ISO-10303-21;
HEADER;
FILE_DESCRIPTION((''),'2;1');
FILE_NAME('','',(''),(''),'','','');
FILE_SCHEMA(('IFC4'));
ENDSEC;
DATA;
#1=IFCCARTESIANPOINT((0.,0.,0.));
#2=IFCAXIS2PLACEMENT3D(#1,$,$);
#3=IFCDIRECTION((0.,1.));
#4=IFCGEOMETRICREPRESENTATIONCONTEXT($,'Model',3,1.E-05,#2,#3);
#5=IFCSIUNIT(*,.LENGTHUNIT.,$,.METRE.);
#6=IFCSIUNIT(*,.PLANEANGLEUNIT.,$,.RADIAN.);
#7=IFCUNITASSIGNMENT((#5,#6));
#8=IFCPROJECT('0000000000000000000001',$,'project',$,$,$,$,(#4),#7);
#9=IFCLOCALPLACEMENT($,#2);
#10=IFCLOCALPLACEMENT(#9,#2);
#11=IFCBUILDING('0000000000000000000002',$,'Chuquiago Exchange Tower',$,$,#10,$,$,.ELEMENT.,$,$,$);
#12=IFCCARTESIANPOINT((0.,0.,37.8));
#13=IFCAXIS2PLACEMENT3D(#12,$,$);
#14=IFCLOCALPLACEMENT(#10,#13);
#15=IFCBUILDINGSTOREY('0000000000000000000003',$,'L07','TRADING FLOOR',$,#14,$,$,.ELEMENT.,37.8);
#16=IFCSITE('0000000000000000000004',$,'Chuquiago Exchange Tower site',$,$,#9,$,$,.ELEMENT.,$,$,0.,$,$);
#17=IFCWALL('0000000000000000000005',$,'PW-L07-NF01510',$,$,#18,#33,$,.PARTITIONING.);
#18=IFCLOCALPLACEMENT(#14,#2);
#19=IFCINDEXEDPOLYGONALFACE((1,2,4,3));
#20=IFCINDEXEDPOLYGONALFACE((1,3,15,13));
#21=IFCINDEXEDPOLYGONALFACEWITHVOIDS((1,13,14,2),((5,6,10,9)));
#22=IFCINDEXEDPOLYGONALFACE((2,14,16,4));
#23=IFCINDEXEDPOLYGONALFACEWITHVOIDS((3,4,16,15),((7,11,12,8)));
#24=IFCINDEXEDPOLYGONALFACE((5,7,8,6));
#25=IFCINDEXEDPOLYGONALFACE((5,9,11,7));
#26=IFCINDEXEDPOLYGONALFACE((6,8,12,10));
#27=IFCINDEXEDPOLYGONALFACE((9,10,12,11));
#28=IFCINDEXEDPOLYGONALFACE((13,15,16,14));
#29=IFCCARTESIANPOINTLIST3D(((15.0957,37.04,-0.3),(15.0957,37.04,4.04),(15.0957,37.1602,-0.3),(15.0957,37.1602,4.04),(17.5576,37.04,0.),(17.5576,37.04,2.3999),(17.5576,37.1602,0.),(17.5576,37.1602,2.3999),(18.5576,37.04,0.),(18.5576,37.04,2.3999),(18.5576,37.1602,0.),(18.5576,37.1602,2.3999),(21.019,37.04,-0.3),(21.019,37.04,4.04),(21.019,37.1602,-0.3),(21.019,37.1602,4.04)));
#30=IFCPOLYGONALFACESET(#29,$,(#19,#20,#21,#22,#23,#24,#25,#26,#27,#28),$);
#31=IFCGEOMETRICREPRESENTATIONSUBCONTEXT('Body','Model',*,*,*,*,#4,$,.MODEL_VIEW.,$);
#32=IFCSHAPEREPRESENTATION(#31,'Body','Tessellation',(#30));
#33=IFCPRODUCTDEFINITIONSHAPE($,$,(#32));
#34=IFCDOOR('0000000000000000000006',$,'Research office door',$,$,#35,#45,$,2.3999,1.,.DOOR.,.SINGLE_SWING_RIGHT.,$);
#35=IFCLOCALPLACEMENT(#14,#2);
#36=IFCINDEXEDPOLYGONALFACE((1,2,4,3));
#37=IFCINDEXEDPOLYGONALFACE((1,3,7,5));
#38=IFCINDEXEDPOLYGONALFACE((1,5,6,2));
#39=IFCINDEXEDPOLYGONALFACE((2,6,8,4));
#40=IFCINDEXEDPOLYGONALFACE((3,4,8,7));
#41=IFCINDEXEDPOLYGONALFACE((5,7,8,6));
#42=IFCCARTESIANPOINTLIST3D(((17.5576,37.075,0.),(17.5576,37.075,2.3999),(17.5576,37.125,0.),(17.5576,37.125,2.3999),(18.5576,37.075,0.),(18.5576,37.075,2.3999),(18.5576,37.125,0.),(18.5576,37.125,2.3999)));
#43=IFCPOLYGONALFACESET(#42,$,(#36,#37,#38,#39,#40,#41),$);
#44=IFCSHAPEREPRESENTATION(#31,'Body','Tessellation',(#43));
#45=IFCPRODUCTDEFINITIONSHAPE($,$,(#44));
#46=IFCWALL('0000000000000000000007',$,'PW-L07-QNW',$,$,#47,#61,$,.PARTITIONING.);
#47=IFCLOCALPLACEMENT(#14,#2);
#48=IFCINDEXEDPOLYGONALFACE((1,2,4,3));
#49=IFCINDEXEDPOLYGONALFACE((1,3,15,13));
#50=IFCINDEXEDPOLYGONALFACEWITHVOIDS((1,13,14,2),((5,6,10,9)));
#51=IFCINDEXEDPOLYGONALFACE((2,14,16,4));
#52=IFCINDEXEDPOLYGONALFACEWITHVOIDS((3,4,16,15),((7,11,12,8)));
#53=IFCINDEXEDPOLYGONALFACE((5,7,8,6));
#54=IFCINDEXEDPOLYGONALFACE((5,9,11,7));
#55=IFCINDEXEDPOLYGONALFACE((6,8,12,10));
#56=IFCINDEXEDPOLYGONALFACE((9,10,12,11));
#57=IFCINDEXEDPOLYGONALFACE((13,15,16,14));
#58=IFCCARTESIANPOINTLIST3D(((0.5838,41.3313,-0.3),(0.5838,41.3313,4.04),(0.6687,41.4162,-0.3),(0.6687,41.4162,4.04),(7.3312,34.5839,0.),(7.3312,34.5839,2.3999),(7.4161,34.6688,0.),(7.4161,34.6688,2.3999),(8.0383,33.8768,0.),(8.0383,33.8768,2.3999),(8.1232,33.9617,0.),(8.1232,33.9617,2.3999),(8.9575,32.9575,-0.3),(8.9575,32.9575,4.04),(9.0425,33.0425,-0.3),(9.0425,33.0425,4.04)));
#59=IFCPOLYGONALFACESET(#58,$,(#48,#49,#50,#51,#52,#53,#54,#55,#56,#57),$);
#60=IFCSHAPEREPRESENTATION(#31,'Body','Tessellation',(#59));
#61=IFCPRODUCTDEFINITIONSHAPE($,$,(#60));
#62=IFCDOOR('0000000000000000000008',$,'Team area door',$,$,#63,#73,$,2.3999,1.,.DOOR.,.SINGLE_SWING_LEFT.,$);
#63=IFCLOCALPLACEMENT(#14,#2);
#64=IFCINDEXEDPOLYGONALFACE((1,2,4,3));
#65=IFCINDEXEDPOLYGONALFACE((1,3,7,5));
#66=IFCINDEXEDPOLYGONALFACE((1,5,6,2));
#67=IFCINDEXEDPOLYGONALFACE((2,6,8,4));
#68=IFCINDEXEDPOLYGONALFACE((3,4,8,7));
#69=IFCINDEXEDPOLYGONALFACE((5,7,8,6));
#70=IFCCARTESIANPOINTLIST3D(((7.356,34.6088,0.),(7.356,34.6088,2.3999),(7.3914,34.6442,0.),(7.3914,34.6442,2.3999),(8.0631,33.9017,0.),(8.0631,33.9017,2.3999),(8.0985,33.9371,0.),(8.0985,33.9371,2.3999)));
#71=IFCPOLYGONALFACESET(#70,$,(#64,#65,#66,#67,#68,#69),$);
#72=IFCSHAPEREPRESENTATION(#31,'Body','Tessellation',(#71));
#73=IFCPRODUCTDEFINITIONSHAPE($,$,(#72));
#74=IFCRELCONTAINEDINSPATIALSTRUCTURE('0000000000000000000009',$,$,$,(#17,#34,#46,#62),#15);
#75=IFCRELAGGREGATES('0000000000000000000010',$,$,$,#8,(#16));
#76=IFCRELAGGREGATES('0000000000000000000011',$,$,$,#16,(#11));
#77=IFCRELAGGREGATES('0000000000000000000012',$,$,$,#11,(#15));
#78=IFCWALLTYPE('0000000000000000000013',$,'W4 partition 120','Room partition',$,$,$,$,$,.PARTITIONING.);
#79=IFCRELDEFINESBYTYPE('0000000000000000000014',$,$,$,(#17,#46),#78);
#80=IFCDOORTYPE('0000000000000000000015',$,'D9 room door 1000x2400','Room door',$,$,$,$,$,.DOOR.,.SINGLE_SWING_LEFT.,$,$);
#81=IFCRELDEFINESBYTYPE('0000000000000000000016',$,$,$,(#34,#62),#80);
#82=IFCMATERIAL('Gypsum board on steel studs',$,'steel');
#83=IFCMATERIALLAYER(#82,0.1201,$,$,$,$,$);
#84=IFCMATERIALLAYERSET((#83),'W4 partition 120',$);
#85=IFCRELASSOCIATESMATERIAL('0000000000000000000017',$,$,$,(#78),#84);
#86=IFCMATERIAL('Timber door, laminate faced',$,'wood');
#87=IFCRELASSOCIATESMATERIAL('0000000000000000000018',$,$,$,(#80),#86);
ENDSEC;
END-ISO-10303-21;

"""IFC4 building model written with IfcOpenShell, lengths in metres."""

from ifc_helpers import new_model, si_unit, direction, frame, frame_2d, origin, place, context, subcontext, project, spatial, rectangle, extrude, material, layer, layer_set, type_object, element, fill, save


model = new_model("IFC4")

# Units and contexts
model_context = context("Model", 3, precision=1e-05, world=origin(), true_north=direction((0.0, 1.0)))
body_context = subcontext(model_context, "Body", "Model", "MODEL_VIEW")
ifc_project = project(units=[si_unit("LENGTHUNIT", "METRE"), si_unit("PLANEANGLEUNIT", "RADIAN")], contexts=[model_context])

# Site, building, storey
site_placement = place(None, origin())
site = spatial("IfcSite", under=ifc_project, at=site_placement, Name="Chuquiago Exchange Tower site", CompositionType="ELEMENT", RefElevation=0.0)
building_placement = place(site_placement, origin())
building = spatial("IfcBuilding", under=site, at=building_placement, Name="Chuquiago Exchange Tower", CompositionType="ELEMENT")
storey_placement = place(building_placement, frame((0.0, 0.0, 37.8)))
storey = spatial("IfcBuildingStorey", under=building, at=storey_placement, Name="L07", Description="TRADING FLOOR", CompositionType="ELEMENT", Elevation=37.8)

# Shared definitions
ifc_material_1 = material(Name="Gypsum board on steel studs", Category="steel")
ifc_layer_1 = layer(ifc_material_1, 0.1201)
ifc_layer_set_1 = layer_set([ifc_layer_1], Name="W4 partition 120")
wall_type_1 = type_object("IfcWallType", Name="W4 partition 120", Description="Room partition", PredefinedType="PARTITIONING", material=ifc_layer_set_1)

# Walls, openings, doors
ifc_material_2 = material(Name="Timber door, laminate faced", Category="wood")
door_type = type_object("IfcDoorType", Name="D9 room door 1000x2400", Description="Room door", OperationType="SINGLE_SWING_LEFT", PredefinedType="DOOR", material=ifc_material_2)
wall_1_placement = place(storey_placement, frame((15.0957, 37.1001, -0.3), z_axis=(0.0, 0.0, 1.0), x_axis=(1.0, 0.0, 0.0)))
wall_1 = element("IfcWall", 1, at=wall_1_placement, inside=storey, type_object=wall_type_1, Name="PW-L07-NF01510", PredefinedType="PARTITIONING", context=body_context, shape_type="SweptSolid", body=[
    extrude(rectangle(XDim=5.9233, YDim=0.1201, at=frame_2d((2.9617, 0.0))), origin(), (0.0, 0.0, 1.0), 4.3401),
])
opening_1_placement = place(wall_1_placement, frame((2.4619, 0.0, 0.3)))
opening_1 = element("IfcOpeningElement", 2, at=opening_1_placement, cuts=wall_1, PredefinedType="OPENING", context=body_context, shape_type="SweptSolid", body=[
    extrude(rectangle(XDim=1.0, YDim=2.3999, at=frame_2d((0.5, 1.2))), frame((0.0, 0.0701, 0.0), z_axis=(0.0, -1.0, 0.0), x_axis=(1.0, 0.0, 0.0)), (0.0, 0.0, 1.0), 0.1401),
])
door_1_placement = place(opening_1_placement, origin())
door_1 = element("IfcDoor", 3, at=door_1_placement, inside=storey, type_object=door_type, Name="Research office door", OperationType="SINGLE_SWING_RIGHT", OverallHeight=2.3999, OverallWidth=1.0, PredefinedType="DOOR", context=body_context, shape_type="SweptSolid", body=[
    extrude(rectangle(XDim=1.0, YDim=2.3999, at=frame_2d((0.5, 1.2))), frame((0.0, 0.0249, 0.0), z_axis=(0.0, -1.0, 0.0), x_axis=(1.0, 0.0, 0.0)), (0.0, 0.0, 1.0), 0.05),
])
fill(opening_1, door_1)
wall_2_placement = place(storey_placement, frame((9.0, 33.0, -0.3), z_axis=(0.0, 0.0, 1.0), x_axis=(-0.707107, 0.707107, 0.0)))
wall_2 = element("IfcWall", 4, at=wall_2_placement, inside=storey, type_object=wall_type_1, Name="PW-L07-QNW", PredefinedType="PARTITIONING", context=body_context, shape_type="SweptSolid", body=[
    extrude(rectangle(XDim=11.8423, YDim=0.1201, at=frame_2d((5.9211, 0.0))), origin(), (0.0, 0.0, 1.0), 4.3401),
])
opening_2_placement = place(wall_2_placement, frame((1.3, 0.0, 0.3)))
opening_2 = element("IfcOpeningElement", 5, at=opening_2_placement, cuts=wall_2, PredefinedType="OPENING", context=body_context, shape_type="SweptSolid", body=[
    extrude(rectangle(XDim=1.0, YDim=2.3999, at=frame_2d((0.5, 1.2))), frame((0.0, 0.0701, 0.0), z_axis=(0.0, -1.0, 0.0), x_axis=(1.0, 0.0, 0.0)), (0.0, 0.0, 1.0), 0.1401),
])
door_2_placement = place(opening_2_placement, origin())
door_2 = element("IfcDoor", 6, at=door_2_placement, inside=storey, type_object=door_type, Name="Team area door", OperationType="SINGLE_SWING_LEFT", OverallHeight=2.3999, OverallWidth=1.0, PredefinedType="DOOR", context=body_context, shape_type="SweptSolid", body=[
    extrude(rectangle(XDim=1.0, YDim=2.3999, at=frame_2d((0.5, 1.2))), frame((0.0, 0.0249, 0.0), z_axis=(0.0, -1.0, 0.0), x_axis=(1.0, 0.0, 0.0)), (0.0, 0.0, 1.0), 0.05),
])
fill(opening_2, door_2)

save(model, "model.ifc")
